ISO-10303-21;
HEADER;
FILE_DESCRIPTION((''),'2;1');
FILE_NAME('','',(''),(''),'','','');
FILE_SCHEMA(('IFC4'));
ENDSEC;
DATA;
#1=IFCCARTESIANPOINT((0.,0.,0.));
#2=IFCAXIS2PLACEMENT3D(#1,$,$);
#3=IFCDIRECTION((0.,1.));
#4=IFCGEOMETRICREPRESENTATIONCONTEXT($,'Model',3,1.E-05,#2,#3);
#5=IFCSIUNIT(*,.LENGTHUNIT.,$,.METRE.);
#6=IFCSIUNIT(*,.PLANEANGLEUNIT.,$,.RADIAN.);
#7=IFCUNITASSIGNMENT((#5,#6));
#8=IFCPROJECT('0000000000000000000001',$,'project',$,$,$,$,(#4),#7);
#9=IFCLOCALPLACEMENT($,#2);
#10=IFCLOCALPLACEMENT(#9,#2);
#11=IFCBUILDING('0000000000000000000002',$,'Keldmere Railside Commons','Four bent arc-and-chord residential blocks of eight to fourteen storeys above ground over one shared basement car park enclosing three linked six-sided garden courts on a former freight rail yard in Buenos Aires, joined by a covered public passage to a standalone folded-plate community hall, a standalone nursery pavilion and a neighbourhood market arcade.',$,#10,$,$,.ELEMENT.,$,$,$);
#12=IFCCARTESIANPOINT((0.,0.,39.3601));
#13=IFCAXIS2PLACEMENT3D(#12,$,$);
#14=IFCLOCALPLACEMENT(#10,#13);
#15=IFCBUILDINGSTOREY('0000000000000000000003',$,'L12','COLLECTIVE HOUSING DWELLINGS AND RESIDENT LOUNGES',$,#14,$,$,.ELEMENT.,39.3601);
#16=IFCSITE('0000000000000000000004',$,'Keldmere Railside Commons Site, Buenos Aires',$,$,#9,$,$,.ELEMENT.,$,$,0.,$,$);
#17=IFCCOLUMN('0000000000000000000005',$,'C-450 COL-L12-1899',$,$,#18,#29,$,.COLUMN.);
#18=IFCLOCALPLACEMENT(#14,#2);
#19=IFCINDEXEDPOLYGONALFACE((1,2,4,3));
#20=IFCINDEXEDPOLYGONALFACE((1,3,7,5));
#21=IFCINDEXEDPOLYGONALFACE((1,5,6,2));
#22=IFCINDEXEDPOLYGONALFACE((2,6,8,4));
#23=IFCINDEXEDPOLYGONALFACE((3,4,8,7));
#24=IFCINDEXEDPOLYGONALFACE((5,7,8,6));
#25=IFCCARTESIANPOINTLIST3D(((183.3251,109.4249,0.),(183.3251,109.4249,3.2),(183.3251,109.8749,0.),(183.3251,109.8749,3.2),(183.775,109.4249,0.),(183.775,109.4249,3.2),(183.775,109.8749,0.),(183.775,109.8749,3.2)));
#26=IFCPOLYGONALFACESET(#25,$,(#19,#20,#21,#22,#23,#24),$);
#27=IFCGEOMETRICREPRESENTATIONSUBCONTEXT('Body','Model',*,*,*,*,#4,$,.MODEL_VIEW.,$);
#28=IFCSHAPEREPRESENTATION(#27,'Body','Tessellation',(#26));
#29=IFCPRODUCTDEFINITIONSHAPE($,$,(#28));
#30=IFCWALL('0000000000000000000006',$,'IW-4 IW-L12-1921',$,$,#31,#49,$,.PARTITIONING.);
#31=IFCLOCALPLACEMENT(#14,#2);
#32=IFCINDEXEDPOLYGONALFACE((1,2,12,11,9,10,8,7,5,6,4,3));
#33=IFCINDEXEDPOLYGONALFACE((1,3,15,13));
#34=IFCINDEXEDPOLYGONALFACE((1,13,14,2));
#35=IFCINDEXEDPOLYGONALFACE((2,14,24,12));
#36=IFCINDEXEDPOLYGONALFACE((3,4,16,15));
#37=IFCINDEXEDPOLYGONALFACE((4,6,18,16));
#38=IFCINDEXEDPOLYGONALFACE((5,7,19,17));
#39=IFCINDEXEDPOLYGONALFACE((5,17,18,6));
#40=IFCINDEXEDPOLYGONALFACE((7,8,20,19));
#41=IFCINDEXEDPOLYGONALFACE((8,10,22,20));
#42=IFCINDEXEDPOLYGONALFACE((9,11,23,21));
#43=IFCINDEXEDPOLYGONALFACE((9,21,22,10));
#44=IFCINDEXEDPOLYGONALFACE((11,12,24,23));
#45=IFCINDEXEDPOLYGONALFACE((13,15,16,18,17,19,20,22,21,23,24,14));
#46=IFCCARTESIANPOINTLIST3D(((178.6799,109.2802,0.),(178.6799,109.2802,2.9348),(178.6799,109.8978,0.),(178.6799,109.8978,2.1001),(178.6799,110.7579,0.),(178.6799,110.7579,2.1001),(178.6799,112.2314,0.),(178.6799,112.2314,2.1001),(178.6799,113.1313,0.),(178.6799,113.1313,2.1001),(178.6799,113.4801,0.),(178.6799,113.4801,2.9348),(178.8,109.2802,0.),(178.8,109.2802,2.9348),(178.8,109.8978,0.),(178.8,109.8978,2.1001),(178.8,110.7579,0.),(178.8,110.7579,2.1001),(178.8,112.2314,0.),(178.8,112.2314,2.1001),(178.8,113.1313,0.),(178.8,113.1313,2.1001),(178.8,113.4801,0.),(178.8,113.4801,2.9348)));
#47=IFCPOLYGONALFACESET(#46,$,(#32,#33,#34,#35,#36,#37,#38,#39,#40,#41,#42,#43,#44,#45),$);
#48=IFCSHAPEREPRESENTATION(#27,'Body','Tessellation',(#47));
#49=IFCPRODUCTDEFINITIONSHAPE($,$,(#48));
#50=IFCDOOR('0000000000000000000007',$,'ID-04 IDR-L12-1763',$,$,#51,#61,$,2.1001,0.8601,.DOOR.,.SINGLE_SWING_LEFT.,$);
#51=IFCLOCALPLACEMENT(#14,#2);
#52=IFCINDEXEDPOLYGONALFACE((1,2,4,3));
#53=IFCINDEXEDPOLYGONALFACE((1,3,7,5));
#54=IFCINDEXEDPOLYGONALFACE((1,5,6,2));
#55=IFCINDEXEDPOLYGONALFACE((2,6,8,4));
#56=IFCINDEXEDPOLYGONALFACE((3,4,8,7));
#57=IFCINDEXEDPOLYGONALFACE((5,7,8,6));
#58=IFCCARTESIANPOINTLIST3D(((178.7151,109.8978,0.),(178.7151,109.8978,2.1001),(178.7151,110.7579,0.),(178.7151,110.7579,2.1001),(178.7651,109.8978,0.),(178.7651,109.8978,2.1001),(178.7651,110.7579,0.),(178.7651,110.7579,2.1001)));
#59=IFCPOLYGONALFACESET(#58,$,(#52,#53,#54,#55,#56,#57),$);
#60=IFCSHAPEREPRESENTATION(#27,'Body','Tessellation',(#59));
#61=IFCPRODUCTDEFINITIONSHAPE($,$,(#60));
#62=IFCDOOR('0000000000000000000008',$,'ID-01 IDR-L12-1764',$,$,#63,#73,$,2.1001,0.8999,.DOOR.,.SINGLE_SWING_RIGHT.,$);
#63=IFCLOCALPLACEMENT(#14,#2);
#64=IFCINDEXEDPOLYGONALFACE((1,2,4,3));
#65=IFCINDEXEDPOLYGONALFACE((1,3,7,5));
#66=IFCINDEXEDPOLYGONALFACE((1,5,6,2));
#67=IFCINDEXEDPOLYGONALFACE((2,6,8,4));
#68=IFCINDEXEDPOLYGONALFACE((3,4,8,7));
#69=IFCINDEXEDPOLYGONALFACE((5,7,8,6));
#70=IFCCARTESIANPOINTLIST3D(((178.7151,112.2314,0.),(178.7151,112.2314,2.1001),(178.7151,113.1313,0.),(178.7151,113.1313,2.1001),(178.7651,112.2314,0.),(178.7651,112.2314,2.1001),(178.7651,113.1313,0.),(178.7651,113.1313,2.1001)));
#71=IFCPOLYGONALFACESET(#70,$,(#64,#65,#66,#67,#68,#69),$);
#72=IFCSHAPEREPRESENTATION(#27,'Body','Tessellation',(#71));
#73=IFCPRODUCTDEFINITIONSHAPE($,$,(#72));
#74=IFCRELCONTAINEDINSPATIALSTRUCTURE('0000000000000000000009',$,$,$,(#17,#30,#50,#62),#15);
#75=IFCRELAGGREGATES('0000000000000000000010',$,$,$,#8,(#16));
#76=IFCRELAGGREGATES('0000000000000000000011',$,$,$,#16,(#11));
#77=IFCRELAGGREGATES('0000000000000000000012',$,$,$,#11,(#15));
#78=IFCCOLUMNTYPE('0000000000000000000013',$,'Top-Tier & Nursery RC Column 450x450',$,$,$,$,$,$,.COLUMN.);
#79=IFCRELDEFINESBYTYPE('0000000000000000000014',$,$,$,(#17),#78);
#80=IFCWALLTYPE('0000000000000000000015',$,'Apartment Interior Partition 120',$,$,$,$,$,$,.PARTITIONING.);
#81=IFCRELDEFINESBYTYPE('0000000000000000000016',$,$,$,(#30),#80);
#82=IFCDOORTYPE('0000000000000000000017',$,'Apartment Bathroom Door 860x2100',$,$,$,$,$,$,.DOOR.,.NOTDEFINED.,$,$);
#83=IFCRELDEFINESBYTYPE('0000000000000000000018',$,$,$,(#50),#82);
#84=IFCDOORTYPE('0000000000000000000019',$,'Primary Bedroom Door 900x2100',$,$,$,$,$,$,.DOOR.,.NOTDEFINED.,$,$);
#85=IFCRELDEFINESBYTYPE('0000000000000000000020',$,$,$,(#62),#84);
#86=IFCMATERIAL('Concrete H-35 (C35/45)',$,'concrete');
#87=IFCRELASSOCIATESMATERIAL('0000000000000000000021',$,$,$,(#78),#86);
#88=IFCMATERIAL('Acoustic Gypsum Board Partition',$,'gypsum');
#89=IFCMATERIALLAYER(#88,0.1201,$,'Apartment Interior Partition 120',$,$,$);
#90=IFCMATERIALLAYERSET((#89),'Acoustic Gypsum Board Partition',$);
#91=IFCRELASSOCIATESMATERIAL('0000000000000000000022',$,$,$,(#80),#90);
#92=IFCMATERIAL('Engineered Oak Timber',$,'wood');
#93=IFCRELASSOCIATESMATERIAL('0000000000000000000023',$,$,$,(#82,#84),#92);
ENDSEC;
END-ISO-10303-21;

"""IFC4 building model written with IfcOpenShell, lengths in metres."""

from ifc_helpers import new_model, si_unit, direction, frame, frame_2d, origin, origin_2d, place, context, subcontext, project, spatial, rectangle, extrude, material, layer, layer_set, material_profile, profile_set, type_object, element, fill, save


model = new_model("IFC4")

# Units and contexts
model_context = context("Model", 3, precision=1e-05, world=origin(), true_north=direction((0.0, 1.0)))
body_context = subcontext(model_context, "Body", "Model", "MODEL_VIEW")
ifc_project = project(units=[si_unit("LENGTHUNIT", "METRE"), si_unit("PLANEANGLEUNIT", "RADIAN")], contexts=[model_context])

# Site, building, storey
site_placement = place(None, origin())
site = spatial("IfcSite", under=ifc_project, at=site_placement, Name="Keldmere Railside Commons Site, Buenos Aires", CompositionType="ELEMENT", RefElevation=0.0)
building_placement = place(site_placement, origin())
building = spatial("IfcBuilding", under=site, at=building_placement, Name="Keldmere Railside Commons", Description="Four bent arc-and-chord residential blocks of eight to fourteen storeys above ground over one shared basement car park enclosing three linked six-sided garden courts on a former freight rail yard in Buenos Aires, joined by a covered public passage to a standalone folded-plate community hall, a standalone nursery pavilion and a neighbourhood market arcade.", CompositionType="ELEMENT")
storey_placement = place(building_placement, frame((0.0, 0.0, 39.3601)))
storey = spatial("IfcBuildingStorey", under=building, at=storey_placement, Name="L12", Description="COLLECTIVE HOUSING DWELLINGS AND RESIDENT LOUNGES", CompositionType="ELEMENT", Elevation=39.3601)

# Column
ifc_material_1 = material(Name="Concrete H-35 (C35/45)", Category="concrete")
ifc_material_profile = material_profile(ifc_material_1, rectangle(XDim=0.45, YDim=0.45, at=origin_2d()), Name="RC-450x450")
ifc_profile_set = profile_set([ifc_material_profile], Name="Concrete H-35 (C35/45)")
column_type = type_object("IfcColumnType", Name="Top-Tier & Nursery RC Column 450x450", PredefinedType="COLUMN", material=ifc_profile_set)
column_placement = place(storey_placement, frame((183.55, 109.6499, 0.0), z_axis=(0.0, 0.0, 1.0), x_axis=(1.0, 0.0, 0.0)))
element("IfcColumn", 1, at=column_placement, inside=storey, type_object=column_type, Name="C-450 COL-L12-1899", PredefinedType="COLUMN", context=body_context, shape_type="SweptSolid", body=[
    extrude(rectangle(XDim=0.45, YDim=0.45, at=origin_2d()), origin(), (0.0, 0.0, 1.0), 3.2),
])

# Wall, openings, doors
ifc_material_2 = material(Name="Acoustic Gypsum Board Partition", Category="gypsum")
ifc_layer_1 = layer(ifc_material_2, 0.1201, Name="Apartment Interior Partition 120")
ifc_layer_set_1 = layer_set([ifc_layer_1], Name="Acoustic Gypsum Board Partition")
wall_type_1 = type_object("IfcWallType", Name="Apartment Interior Partition 120", PredefinedType="PARTITIONING", material=ifc_layer_set_1)
wall_1_placement = place(storey_placement, frame((178.74, 109.28, 0.0), z_axis=(0.0, 0.0, 1.0), x_axis=(0.0, 1.0, 0.0)))
wall_1 = element("IfcWall", 2, at=wall_1_placement, inside=storey, type_object=wall_type_1, Name="IW-4 IW-L12-1921", PredefinedType="PARTITIONING", context=body_context, shape_type="SweptSolid", body=[
    extrude(rectangle(XDim=4.2, YDim=0.1201, at=frame_2d((2.1001, 0.0))), origin(), (0.0, 0.0, 1.0), 2.9348),
])
opening_1_placement = place(wall_1_placement, frame((0.6177, 0.0, 0.0)))
opening_1 = element("IfcOpeningElement", 3, at=opening_1_placement, cuts=wall_1, PredefinedType="OPENING", context=body_context, shape_type="SweptSolid", body=[
    extrude(rectangle(XDim=0.8601, YDim=2.1001, at=frame_2d((0.4302, 1.05))), frame((0.0, 0.0701, 0.0), z_axis=(0.0, -1.0, 0.0), x_axis=(1.0, 0.0, 0.0)), (0.0, 0.0, 1.0), 0.1401),
])
opening_2_placement = place(wall_1_placement, frame((2.9514, 0.0, 0.0)))
opening_2 = element("IfcOpeningElement", 4, at=opening_2_placement, cuts=wall_1, PredefinedType="OPENING", context=body_context, shape_type="SweptSolid", body=[
    extrude(rectangle(XDim=0.8999, YDim=2.1001, at=frame_2d((0.45, 1.05))), frame((0.0, 0.0701, 0.0), z_axis=(0.0, -1.0, 0.0), x_axis=(1.0, 0.0, 0.0)), (0.0, 0.0, 1.0), 0.1401),
])
ifc_material_3 = material(Name="Engineered Oak Timber", Category="wood")
door_type_1 = type_object("IfcDoorType", Name="Apartment Bathroom Door 860x2100", OperationType="NOTDEFINED", PredefinedType="DOOR", material=ifc_material_3)
door_1_placement = place(opening_1_placement, origin())
door_1 = element("IfcDoor", 5, at=door_1_placement, inside=storey, type_object=door_type_1, Name="ID-04 IDR-L12-1763", OperationType="SINGLE_SWING_LEFT", OverallHeight=2.1001, OverallWidth=0.8601, PredefinedType="DOOR", context=body_context, shape_type="SweptSolid", body=[
    extrude(rectangle(XDim=0.8601, YDim=2.1001, at=frame_2d((0.4302, 1.05))), frame((0.0, 0.0249, 0.0), z_axis=(0.0, -1.0, 0.0), x_axis=(1.0, 0.0, 0.0)), (0.0, 0.0, 1.0), 0.05),
])
fill(opening_1, door_1)
door_type_2 = type_object("IfcDoorType", Name="Primary Bedroom Door 900x2100", OperationType="NOTDEFINED", PredefinedType="DOOR", material=ifc_material_3)
door_2_placement = place(opening_2_placement, origin())
door_2 = element("IfcDoor", 6, at=door_2_placement, inside=storey, type_object=door_type_2, Name="ID-01 IDR-L12-1764", OperationType="SINGLE_SWING_RIGHT", OverallHeight=2.1001, OverallWidth=0.8999, PredefinedType="DOOR", context=body_context, shape_type="SweptSolid", body=[
    extrude(rectangle(XDim=0.8999, YDim=2.1001, at=frame_2d((0.45, 1.05))), frame((0.0, 0.0249, 0.0), z_axis=(0.0, -1.0, 0.0), x_axis=(1.0, 0.0, 0.0)), (0.0, 0.0, 1.0), 0.05),
])
fill(opening_2, door_2)

save(model, "model.ifc")
